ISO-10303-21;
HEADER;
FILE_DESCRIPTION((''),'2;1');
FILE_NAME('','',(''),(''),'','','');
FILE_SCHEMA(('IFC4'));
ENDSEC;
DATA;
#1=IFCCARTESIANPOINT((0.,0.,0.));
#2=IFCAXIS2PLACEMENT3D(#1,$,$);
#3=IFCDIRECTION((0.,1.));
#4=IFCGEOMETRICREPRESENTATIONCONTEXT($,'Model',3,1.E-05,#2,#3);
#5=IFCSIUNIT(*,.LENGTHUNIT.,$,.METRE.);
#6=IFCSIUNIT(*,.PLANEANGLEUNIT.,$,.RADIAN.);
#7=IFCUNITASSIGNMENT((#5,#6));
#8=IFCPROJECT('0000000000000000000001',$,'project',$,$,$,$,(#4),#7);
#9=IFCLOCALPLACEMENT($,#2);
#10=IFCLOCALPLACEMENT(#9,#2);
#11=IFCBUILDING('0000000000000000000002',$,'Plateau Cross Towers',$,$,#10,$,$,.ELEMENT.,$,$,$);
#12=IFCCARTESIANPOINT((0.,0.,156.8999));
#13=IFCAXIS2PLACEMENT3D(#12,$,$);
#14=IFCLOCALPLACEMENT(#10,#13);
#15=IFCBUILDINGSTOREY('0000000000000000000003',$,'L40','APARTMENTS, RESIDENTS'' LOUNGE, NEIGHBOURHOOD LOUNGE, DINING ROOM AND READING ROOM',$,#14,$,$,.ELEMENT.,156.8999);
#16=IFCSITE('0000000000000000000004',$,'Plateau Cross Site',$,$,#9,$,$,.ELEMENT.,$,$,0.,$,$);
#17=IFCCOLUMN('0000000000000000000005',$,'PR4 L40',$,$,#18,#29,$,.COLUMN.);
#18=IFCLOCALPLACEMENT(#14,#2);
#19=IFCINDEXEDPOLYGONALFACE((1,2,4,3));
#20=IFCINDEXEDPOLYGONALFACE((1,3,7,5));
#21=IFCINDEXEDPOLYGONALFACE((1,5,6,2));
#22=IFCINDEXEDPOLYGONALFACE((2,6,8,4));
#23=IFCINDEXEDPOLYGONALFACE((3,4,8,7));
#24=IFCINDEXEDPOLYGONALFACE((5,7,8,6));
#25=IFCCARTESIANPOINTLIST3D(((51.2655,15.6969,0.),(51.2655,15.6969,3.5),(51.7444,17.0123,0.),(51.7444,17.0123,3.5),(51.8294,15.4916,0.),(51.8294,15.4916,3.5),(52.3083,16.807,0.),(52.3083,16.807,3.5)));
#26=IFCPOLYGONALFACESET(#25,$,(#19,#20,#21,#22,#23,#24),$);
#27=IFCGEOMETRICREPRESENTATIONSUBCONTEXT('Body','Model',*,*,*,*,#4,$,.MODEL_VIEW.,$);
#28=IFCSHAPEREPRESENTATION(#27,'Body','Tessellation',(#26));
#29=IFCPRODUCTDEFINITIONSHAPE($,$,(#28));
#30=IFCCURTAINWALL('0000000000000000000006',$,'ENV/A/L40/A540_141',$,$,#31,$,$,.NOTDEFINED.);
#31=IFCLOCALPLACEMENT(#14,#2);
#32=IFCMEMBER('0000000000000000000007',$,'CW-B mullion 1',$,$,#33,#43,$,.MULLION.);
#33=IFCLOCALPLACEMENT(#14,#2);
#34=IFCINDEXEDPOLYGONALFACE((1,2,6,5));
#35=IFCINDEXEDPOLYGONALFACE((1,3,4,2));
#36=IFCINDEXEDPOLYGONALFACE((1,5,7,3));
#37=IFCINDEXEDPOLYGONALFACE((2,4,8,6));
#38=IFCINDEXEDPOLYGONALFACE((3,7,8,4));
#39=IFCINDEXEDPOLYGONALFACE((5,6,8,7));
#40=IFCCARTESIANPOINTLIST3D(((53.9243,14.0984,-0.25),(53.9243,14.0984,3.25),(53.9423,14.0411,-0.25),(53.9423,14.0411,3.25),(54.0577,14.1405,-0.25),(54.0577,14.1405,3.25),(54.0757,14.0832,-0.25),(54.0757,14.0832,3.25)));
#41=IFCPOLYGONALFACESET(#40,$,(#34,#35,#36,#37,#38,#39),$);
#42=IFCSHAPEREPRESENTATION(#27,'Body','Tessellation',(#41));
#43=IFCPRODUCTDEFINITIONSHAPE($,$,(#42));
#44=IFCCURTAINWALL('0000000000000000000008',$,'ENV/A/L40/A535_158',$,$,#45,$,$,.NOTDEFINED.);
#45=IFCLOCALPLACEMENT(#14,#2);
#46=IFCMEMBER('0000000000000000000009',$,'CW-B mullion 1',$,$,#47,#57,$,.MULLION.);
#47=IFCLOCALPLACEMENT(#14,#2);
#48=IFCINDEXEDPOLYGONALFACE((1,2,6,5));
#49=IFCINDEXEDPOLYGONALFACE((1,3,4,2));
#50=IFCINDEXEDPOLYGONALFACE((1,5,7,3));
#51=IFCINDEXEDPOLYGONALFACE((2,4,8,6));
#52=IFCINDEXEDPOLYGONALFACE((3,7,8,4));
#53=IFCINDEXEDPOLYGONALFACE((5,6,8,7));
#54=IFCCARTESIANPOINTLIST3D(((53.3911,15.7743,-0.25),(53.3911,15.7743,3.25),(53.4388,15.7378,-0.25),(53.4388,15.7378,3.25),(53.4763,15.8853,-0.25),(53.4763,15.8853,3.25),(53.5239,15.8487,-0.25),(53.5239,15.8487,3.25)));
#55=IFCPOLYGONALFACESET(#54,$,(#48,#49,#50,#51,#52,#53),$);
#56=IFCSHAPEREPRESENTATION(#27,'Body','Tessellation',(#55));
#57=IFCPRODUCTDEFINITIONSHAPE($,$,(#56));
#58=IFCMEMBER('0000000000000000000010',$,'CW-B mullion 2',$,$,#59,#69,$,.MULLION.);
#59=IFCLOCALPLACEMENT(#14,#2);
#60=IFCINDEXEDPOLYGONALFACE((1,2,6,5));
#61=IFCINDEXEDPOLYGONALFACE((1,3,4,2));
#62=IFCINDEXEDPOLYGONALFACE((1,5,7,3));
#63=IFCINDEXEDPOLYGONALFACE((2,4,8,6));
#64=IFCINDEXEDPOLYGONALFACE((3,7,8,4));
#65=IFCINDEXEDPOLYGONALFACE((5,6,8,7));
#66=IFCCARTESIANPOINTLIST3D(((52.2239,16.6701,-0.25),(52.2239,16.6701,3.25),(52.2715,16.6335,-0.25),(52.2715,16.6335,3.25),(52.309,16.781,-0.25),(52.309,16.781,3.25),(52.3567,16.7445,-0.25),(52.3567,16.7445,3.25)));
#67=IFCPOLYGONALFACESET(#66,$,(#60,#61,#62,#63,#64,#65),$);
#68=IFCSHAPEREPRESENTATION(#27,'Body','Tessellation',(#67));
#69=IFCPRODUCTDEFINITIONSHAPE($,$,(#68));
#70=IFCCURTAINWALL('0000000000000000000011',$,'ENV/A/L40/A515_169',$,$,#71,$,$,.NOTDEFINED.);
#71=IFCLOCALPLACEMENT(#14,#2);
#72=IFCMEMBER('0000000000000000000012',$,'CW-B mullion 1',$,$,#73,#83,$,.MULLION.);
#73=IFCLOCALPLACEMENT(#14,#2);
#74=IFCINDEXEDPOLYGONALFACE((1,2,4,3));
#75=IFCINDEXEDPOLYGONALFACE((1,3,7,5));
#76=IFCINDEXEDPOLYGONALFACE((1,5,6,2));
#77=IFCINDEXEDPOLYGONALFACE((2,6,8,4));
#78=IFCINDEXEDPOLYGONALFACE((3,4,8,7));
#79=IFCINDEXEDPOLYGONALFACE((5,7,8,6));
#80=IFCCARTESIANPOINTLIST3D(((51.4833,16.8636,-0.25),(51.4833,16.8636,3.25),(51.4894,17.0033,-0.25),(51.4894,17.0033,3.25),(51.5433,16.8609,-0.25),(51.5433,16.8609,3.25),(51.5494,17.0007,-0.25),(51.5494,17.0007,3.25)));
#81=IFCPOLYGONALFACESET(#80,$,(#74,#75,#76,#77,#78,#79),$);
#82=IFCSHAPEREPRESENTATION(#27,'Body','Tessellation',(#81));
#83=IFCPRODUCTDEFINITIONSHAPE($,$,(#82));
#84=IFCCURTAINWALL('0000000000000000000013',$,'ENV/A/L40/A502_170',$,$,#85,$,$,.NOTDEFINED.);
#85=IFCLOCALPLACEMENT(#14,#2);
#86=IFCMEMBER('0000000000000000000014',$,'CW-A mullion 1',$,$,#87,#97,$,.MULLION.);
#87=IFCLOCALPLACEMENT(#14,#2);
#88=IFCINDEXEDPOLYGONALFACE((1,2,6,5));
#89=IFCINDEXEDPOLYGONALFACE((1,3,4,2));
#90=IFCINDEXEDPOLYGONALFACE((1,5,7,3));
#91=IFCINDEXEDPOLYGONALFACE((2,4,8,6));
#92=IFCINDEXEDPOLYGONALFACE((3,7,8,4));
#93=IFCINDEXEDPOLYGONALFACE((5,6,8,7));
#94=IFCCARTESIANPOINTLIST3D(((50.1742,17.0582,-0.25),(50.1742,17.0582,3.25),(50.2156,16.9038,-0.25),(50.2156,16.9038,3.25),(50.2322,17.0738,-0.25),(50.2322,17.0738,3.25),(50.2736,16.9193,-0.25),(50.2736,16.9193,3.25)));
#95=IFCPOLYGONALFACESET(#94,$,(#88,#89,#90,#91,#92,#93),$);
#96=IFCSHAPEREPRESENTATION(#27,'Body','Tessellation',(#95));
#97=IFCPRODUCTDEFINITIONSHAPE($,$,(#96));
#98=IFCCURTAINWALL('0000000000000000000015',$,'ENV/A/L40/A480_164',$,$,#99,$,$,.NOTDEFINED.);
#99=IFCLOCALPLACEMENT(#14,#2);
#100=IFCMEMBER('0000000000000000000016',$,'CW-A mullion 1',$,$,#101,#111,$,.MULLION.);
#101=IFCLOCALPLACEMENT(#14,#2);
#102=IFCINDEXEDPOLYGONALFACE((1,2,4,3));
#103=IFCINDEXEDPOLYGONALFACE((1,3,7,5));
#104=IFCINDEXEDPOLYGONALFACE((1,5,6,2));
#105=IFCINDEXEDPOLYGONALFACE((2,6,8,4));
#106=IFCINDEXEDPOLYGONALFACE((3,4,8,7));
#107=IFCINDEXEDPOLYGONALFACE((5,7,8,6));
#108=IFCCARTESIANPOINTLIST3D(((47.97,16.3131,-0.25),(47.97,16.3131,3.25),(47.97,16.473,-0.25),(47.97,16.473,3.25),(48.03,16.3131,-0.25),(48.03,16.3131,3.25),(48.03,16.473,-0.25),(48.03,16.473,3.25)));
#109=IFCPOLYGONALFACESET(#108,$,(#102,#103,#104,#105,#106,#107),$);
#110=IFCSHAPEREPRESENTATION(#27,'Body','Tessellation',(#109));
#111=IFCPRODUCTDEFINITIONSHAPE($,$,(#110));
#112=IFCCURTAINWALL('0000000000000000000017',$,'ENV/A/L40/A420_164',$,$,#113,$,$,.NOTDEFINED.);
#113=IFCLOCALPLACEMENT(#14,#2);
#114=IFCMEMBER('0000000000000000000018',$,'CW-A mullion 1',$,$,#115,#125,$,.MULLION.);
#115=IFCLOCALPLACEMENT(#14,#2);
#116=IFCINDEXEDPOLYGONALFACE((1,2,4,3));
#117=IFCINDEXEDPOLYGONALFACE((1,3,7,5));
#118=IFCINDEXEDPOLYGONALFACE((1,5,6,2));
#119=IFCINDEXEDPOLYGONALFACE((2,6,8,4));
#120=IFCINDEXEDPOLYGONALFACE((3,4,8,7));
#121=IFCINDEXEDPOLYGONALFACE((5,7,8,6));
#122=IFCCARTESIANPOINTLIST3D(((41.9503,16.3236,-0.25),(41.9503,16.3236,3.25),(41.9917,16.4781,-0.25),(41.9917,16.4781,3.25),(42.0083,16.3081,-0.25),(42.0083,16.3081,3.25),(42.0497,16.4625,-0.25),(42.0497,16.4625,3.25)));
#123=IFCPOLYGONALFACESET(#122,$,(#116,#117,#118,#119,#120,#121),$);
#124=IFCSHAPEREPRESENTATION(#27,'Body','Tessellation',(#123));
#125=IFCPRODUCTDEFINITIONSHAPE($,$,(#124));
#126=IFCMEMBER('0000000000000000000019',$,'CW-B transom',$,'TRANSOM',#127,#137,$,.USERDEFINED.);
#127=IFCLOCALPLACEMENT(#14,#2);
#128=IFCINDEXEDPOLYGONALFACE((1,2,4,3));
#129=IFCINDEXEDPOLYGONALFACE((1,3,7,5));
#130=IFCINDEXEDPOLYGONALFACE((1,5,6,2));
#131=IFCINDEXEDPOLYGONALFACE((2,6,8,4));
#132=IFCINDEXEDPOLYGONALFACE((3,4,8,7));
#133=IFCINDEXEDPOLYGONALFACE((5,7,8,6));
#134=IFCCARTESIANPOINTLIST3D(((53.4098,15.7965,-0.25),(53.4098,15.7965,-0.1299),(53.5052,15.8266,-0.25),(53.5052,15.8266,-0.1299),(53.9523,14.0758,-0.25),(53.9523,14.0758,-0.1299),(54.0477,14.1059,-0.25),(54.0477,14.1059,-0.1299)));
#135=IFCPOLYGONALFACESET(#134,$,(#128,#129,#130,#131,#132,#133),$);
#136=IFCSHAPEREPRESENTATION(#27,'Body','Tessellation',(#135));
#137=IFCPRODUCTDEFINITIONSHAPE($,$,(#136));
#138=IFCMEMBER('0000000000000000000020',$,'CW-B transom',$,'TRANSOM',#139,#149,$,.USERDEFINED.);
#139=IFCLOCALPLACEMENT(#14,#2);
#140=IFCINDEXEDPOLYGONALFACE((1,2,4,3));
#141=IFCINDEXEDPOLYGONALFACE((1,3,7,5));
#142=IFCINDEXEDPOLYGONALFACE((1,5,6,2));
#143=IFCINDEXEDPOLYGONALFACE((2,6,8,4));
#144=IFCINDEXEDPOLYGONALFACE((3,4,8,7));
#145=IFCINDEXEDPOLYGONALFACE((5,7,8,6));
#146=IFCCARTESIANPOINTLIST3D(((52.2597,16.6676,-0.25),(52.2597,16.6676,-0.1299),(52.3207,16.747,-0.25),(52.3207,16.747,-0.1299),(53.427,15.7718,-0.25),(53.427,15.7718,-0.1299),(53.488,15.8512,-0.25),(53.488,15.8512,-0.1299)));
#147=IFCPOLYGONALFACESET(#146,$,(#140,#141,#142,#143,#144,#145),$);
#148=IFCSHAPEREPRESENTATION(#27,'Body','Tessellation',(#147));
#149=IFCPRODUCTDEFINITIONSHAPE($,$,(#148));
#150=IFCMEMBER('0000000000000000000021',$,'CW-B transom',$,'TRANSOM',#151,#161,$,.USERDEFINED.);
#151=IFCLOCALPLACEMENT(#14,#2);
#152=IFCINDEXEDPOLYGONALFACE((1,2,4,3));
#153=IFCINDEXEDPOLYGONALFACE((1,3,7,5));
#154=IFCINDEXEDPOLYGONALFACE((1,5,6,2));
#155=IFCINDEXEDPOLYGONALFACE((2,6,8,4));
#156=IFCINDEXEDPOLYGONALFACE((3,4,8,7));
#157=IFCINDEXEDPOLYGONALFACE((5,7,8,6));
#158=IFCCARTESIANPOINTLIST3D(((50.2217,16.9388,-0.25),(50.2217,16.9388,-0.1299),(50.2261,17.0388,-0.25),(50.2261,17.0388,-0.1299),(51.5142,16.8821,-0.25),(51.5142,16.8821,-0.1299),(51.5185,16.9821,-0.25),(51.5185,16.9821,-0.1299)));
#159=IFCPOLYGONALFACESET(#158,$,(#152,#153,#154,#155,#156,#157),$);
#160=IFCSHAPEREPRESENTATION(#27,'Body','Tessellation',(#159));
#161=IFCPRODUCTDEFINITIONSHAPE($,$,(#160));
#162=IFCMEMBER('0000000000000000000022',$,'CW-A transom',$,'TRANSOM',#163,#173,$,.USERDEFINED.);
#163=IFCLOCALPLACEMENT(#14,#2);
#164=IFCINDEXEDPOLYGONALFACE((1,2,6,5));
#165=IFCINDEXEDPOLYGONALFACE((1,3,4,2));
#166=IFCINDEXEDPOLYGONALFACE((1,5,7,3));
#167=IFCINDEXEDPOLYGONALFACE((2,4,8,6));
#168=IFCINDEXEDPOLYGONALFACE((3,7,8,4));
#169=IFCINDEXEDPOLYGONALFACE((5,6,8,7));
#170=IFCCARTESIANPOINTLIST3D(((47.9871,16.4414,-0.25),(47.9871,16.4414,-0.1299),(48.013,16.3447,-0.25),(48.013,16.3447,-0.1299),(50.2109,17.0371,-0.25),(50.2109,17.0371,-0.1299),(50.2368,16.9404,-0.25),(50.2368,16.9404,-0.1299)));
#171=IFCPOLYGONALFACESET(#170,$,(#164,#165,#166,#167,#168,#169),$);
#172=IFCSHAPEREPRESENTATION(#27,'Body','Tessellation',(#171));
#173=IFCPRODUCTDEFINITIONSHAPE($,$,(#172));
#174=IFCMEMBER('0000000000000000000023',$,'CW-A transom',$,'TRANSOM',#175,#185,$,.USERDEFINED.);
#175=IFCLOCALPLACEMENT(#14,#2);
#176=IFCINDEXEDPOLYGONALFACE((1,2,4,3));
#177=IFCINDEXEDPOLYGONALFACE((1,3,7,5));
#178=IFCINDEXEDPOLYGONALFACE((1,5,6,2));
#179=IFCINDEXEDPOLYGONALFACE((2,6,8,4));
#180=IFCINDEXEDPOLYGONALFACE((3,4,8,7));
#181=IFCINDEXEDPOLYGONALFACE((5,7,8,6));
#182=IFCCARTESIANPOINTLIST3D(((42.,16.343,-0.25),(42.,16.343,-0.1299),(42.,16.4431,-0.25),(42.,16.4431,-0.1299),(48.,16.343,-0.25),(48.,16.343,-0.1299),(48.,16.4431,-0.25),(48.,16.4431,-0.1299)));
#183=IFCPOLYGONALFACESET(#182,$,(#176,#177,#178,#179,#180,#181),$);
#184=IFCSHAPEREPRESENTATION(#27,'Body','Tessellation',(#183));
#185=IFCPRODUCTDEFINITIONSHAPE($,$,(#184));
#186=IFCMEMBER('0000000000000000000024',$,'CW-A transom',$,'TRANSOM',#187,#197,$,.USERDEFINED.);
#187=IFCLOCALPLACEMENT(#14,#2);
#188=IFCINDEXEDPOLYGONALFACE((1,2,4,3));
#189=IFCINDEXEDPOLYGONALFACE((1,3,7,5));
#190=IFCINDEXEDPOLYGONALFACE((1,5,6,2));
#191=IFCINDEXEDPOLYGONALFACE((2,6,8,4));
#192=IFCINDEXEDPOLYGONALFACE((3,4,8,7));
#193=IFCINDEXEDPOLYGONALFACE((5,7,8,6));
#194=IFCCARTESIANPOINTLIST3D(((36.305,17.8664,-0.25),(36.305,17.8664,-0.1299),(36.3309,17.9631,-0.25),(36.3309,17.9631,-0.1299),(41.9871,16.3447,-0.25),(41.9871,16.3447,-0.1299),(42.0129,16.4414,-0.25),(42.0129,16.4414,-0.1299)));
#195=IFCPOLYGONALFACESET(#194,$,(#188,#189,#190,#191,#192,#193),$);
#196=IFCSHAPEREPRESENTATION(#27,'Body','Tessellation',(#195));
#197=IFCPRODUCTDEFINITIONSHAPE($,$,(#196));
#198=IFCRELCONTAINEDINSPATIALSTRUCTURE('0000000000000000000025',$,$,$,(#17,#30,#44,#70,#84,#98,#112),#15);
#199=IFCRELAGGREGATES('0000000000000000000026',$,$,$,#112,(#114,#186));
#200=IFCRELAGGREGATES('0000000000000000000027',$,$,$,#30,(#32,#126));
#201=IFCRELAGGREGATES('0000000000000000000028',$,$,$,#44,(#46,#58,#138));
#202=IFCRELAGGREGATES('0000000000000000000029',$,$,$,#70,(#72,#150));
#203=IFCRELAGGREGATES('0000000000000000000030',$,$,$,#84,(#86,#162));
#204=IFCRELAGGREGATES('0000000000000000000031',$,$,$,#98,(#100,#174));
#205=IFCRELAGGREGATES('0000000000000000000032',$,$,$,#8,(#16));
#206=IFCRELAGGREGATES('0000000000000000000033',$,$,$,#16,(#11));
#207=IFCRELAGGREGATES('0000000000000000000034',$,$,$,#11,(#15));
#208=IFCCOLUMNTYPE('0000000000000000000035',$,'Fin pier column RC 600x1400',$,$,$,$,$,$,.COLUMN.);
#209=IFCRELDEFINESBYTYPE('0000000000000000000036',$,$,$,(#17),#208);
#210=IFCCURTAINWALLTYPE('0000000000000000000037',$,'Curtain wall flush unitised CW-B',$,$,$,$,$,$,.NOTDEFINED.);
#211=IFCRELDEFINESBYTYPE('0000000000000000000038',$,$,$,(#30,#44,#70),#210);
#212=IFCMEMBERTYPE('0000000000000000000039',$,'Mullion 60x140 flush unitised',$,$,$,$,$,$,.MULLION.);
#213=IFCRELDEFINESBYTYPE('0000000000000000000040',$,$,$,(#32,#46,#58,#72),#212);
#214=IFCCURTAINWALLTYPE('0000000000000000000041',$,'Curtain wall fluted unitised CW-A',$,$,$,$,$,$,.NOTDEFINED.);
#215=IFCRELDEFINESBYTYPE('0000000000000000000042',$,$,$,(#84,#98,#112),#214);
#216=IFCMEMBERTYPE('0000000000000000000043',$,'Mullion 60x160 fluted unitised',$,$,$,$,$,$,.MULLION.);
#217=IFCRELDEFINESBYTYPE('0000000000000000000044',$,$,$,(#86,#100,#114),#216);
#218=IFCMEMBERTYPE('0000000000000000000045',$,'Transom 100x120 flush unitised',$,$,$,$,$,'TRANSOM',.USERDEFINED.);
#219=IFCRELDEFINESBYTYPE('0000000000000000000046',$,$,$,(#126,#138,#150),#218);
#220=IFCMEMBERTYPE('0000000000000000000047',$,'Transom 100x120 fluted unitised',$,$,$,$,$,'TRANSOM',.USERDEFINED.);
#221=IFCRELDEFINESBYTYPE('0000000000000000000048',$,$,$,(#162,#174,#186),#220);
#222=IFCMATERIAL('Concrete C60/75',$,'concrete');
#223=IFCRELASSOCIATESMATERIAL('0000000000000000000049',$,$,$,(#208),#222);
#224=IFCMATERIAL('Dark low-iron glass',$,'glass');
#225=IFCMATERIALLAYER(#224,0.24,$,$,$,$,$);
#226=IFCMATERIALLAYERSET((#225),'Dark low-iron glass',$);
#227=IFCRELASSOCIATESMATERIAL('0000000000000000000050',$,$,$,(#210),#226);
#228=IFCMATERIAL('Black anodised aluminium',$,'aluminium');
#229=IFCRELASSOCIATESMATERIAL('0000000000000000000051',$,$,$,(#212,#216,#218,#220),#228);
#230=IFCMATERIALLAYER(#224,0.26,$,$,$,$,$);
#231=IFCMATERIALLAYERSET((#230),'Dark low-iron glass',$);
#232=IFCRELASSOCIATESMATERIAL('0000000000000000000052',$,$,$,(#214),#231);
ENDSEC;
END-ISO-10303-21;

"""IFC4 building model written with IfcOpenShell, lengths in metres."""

from ifc_helpers import new_model, si_unit, direction, frame, origin, origin_2d, place, context, subcontext, project, spatial, rectangle, extrude, material, layer, layer_set, material_profile, profile_set, type_object, element, aggregate, save


model = new_model("IFC4")

# Units and contexts
model_context = context("Model", 3, precision=1e-05, world=origin(), true_north=direction((0.0, 1.0)))
body_context = subcontext(model_context, "Body", "Model", "MODEL_VIEW")
ifc_project = project(units=[si_unit("LENGTHUNIT", "METRE"), si_unit("PLANEANGLEUNIT", "RADIAN")], contexts=[model_context])

# Site, building, storey
site_placement = place(None, origin())
site = spatial("IfcSite", under=ifc_project, at=site_placement, Name="Plateau Cross Site", CompositionType="ELEMENT", RefElevation=0.0)
building_placement = place(site_placement, origin())
building = spatial("IfcBuilding", under=site, at=building_placement, Name="Plateau Cross Towers", CompositionType="ELEMENT")
storey_placement = place(building_placement, frame((0.0, 0.0, 156.8999)))
storey = spatial("IfcBuildingStorey", under=building, at=storey_placement, Name="L40", Description="APARTMENTS, RESIDENTS' LOUNGE, NEIGHBOURHOOD LOUNGE, DINING ROOM AND READING ROOM", CompositionType="ELEMENT", Elevation=156.8999)

# Column
ifc_material_1 = material(Name="Concrete C60/75", Category="concrete")
ifc_material_profile_1 = material_profile(ifc_material_1, rectangle(XDim=0.6001, YDim=1.3999, at=origin_2d()), Name="RC 600x1400")
ifc_profile_set_1 = profile_set([ifc_material_profile_1], Name="Concrete C60/75")
column_type = type_object("IfcColumnType", Name="Fin pier column RC 600x1400", PredefinedType="COLUMN", material=ifc_profile_set_1)
column_placement = place(storey_placement, frame((51.7869, 16.252, 0.0), z_axis=(0.0, 0.0, 1.0), x_axis=(-0.939664, 0.342098, 0.0)))
element("IfcColumn", 1, at=column_placement, inside=storey, type_object=column_type, Name="PR4 L40", PredefinedType="COLUMN", context=body_context, shape_type="SweptSolid", body=[
    extrude(rectangle(XDim=0.6001, YDim=1.3999, at=origin_2d()), origin(), (0.0, 0.0, 1.0), 3.5),
])

# Curtain wall, member
ifc_material_2 = material(Name="Dark low-iron glass", Category="glass")
ifc_layer_1 = layer(ifc_material_2, 0.24)
ifc_layer_set_1 = layer_set([ifc_layer_1], Name="Dark low-iron glass")
curtain_wall_type_1 = type_object("IfcCurtainWallType", Name="Curtain wall flush unitised CW-B", PredefinedType="NOTDEFINED", material=ifc_layer_set_1)
curtain_wall_1_placement = place(storey_placement, origin())
curtain_wall_1 = element("IfcCurtainWall", 2, at=curtain_wall_1_placement, inside=storey, type_object=curtain_wall_type_1, Name="ENV/A/L40/A540_141", PredefinedType="NOTDEFINED")
ifc_material_3 = material(Name="Black anodised aluminium", Category="aluminium")
ifc_material_profile_2 = material_profile(ifc_material_3, rectangle(XDim=0.0601, YDim=0.1399, at=origin_2d()), Name="MULLION 60x140")
ifc_profile_set_2 = profile_set([ifc_material_profile_2], Name="Black anodised aluminium")
member_type_1 = type_object("IfcMemberType", Name="Mullion 60x140 flush unitised", PredefinedType="MULLION", material=ifc_profile_set_2)
member_1_placement = place(storey_placement, frame((54.0, 14.0908, -0.25), z_axis=(0.0, 0.0, 1.0), x_axis=(-0.300686, 0.953723, 0.0)))
member_1 = element("IfcMember", 3, at=member_1_placement, type_object=member_type_1, Name="CW-B mullion 1", PredefinedType="MULLION", context=body_context, shape_type="SweptSolid", body=[
    extrude(rectangle(XDim=0.0601, YDim=0.1399, at=origin_2d()), origin(), (0.0, 0.0, 1.0), 3.5),
])

# Curtain wall, members
curtain_wall_2_placement = place(storey_placement, origin())
curtain_wall_2 = element("IfcCurtainWall", 4, at=curtain_wall_2_placement, inside=storey, type_object=curtain_wall_type_1, Name="ENV/A/L40/A535_158", PredefinedType="NOTDEFINED")
member_2_placement = place(storey_placement, frame((53.4575, 15.8115, -0.25), z_axis=(0.0, 0.0, 1.0), x_axis=(-0.793316, 0.608811, 0.0)))
member_2 = element("IfcMember", 5, at=member_2_placement, type_object=member_type_1, Name="CW-B mullion 1", PredefinedType="MULLION", context=body_context, shape_type="SweptSolid", body=[
    extrude(rectangle(XDim=0.0601, YDim=0.1399, at=origin_2d()), origin(), (0.0, 0.0, 1.0), 3.5),
])
member_3_placement = place(storey_placement, frame((52.2903, 16.7073, -0.25), z_axis=(0.0, 0.0, 1.0), x_axis=(-0.793316, 0.608811, 0.0)))
member_3 = element("IfcMember", 6, at=member_3_placement, type_object=member_type_1, Name="CW-B mullion 2", PredefinedType="MULLION", context=body_context, shape_type="SweptSolid", body=[
    extrude(rectangle(XDim=0.0601, YDim=0.1399, at=origin_2d()), origin(), (0.0, 0.0, 1.0), 3.5),
])

# Curtain walls, members
curtain_wall_3_placement = place(storey_placement, origin())
curtain_wall_3 = element("IfcCurtainWall", 7, at=curtain_wall_3_placement, inside=storey, type_object=curtain_wall_type_1, Name="ENV/A/L40/A515_169", PredefinedType="NOTDEFINED")
member_4_placement = place(storey_placement, frame((51.5164, 16.9321, -0.25), z_axis=(0.0, 0.0, 1.0), x_axis=(-0.999044, 0.043723, 0.0)))
member_4 = element("IfcMember", 8, at=member_4_placement, type_object=member_type_1, Name="CW-B mullion 1", PredefinedType="MULLION", context=body_context, shape_type="SweptSolid", body=[
    extrude(rectangle(XDim=0.0601, YDim=0.1399, at=origin_2d()), origin(), (0.0, 0.0, 1.0), 3.5),
])
ifc_layer_2 = layer(ifc_material_2, 0.26)
ifc_layer_set_2 = layer_set([ifc_layer_2], Name="Dark low-iron glass")
curtain_wall_type_2 = type_object("IfcCurtainWallType", Name="Curtain wall fluted unitised CW-A", PredefinedType="NOTDEFINED", material=ifc_layer_set_2)
curtain_wall_4_placement = place(storey_placement, origin())
curtain_wall_4 = element("IfcCurtainWall", 9, at=curtain_wall_4_placement, inside=storey, type_object=curtain_wall_type_2, Name="ENV/A/L40/A502_170", PredefinedType="NOTDEFINED")
ifc_material_profile_3 = material_profile(ifc_material_3, rectangle(XDim=0.0601, YDim=0.1599, at=origin_2d()), Name="MULLION 60x160")
ifc_profile_set_3 = profile_set([ifc_material_profile_3], Name="Black anodised aluminium")
member_type_2 = type_object("IfcMemberType", Name="Mullion 60x160 fluted unitised", PredefinedType="MULLION", material=ifc_profile_set_3)
member_5_placement = place(storey_placement, frame((50.2239, 16.9888, -0.25), z_axis=(0.0, 0.0, 1.0), x_axis=(-0.965958, -0.258699, 0.0)))
member_5 = element("IfcMember", 10, at=member_5_placement, type_object=member_type_2, Name="CW-A mullion 1", PredefinedType="MULLION", context=body_context, shape_type="SweptSolid", body=[
    extrude(rectangle(XDim=0.0601, YDim=0.1599, at=origin_2d()), origin(), (0.0, 0.0, 1.0), 3.5),
])
curtain_wall_5_placement = place(storey_placement, origin())
curtain_wall_5 = element("IfcCurtainWall", 11, at=curtain_wall_5_placement, inside=storey, type_object=curtain_wall_type_2, Name="ENV/A/L40/A480_164", PredefinedType="NOTDEFINED")
member_6_placement = place(storey_placement, frame((48.0, 16.3931, -0.25), z_axis=(0.0, 0.0, 1.0), x_axis=(-1.0, 0.0, 0.0)))
member_6 = element("IfcMember", 12, at=member_6_placement, type_object=member_type_2, Name="CW-A mullion 1", PredefinedType="MULLION", context=body_context, shape_type="SweptSolid", body=[
    extrude(rectangle(XDim=0.0601, YDim=0.1599, at=origin_2d()), origin(), (0.0, 0.0, 1.0), 3.5),
])
curtain_wall_6_placement = place(storey_placement, origin())
curtain_wall_6 = element("IfcCurtainWall", 13, at=curtain_wall_6_placement, inside=storey, type_object=curtain_wall_type_2, Name="ENV/A/L40/A420_164", PredefinedType="NOTDEFINED")
member_7_placement = place(storey_placement, frame((42.0, 16.3931, -0.25), z_axis=(0.0, 0.0, 1.0), x_axis=(-0.965958, 0.258699, 0.0)))
member_7 = element("IfcMember", 14, at=member_7_placement, type_object=member_type_2, Name="CW-A mullion 1", PredefinedType="MULLION", context=body_context, shape_type="SweptSolid", body=[
    extrude(rectangle(XDim=0.0601, YDim=0.1599, at=origin_2d()), origin(), (0.0, 0.0, 1.0), 3.5),
])

# Members
ifc_material_profile_4 = material_profile(ifc_material_3, rectangle(XDim=0.1001, YDim=0.1201, at=origin_2d()), Name="TRANSOM 100x120")
ifc_profile_set_4 = profile_set([ifc_material_profile_4], Name="Black anodised aluminium")
member_type_3 = type_object("IfcMemberType", Name="Transom 100x120 flush unitised", ElementType="TRANSOM", PredefinedType="USERDEFINED", material=ifc_profile_set_4)
member_8_placement = place(storey_placement, frame((54.0, 14.0908, -0.1899), z_axis=(-0.300678, 0.953726, 0.0), x_axis=(-0.953726, -0.300678, 0.0)))
member_8 = element("IfcMember", 15, at=member_8_placement, type_object=member_type_3, Name="CW-B transom", ObjectType="TRANSOM", PredefinedType="USERDEFINED", context=body_context, shape_type="SweptSolid", body=[
    extrude(rectangle(XDim=0.1001, YDim=0.1201, at=origin_2d()), origin(), (0.0, 0.0, 1.0), 1.8042),
])
member_9_placement = place(storey_placement, frame((53.4575, 15.8115, -0.1899), z_axis=(-0.793321, 0.608804, 0.0), x_axis=(-0.608804, -0.793321, 0.0)))
member_9 = element("IfcMember", 16, at=member_9_placement, type_object=member_type_3, Name="CW-B transom", ObjectType="TRANSOM", PredefinedType="USERDEFINED", context=body_context, shape_type="SweptSolid", body=[
    extrude(rectangle(XDim=0.1001, YDim=0.1201, at=origin_2d()), origin(), (0.0, 0.0, 1.0), 1.4714),
])
member_10_placement = place(storey_placement, frame((51.5164, 16.9321, -0.1899), z_axis=(-0.999041, 0.043781, 0.0), x_axis=(-0.043781, -0.999041, 0.0)))
member_10 = element("IfcMember", 17, at=member_10_placement, type_object=member_type_3, Name="CW-B transom", ObjectType="TRANSOM", PredefinedType="USERDEFINED", context=body_context, shape_type="SweptSolid", body=[
    extrude(rectangle(XDim=0.1001, YDim=0.1201, at=origin_2d()), origin(), (0.0, 0.0, 1.0), 1.2937),
])
ifc_material_profile_5 = material_profile(ifc_material_3, rectangle(XDim=0.1001, YDim=0.1201, at=origin_2d()), Name="TRANSOM 100x120")
ifc_profile_set_5 = profile_set([ifc_material_profile_5], Name="Black anodised aluminium")
member_type_4 = type_object("IfcMemberType", Name="Transom 100x120 fluted unitised", ElementType="TRANSOM", PredefinedType="USERDEFINED", material=ifc_profile_set_5)
member_11_placement = place(storey_placement, frame((50.2239, 16.9888, -0.1899), z_axis=(-0.965946, -0.258745, 0.0), x_axis=(0.258745, -0.965946, 0.0)))
member_11 = element("IfcMember", 18, at=member_11_placement, type_object=member_type_4, Name="CW-A transom", ObjectType="TRANSOM", PredefinedType="USERDEFINED", context=body_context, shape_type="SweptSolid", body=[
    extrude(rectangle(XDim=0.1001, YDim=0.1201, at=origin_2d()), origin(), (0.0, 0.0, 1.0), 2.3022),
])
member_12_placement = place(storey_placement, frame((48.0, 16.3931, -0.1899), z_axis=(-1.0, 0.0, 0.0), x_axis=(0.0, -1.0, 0.0)))
member_12 = element("IfcMember", 19, at=member_12_placement, type_object=member_type_4, Name="CW-A transom", ObjectType="TRANSOM", PredefinedType="USERDEFINED", context=body_context, shape_type="SweptSolid", body=[
    extrude(rectangle(XDim=0.1001, YDim=0.1201, at=origin_2d()), origin(), (0.0, 0.0, 1.0), 6.0),
])
member_13_placement = place(storey_placement, frame((42.0, 16.3931, -0.1899), z_axis=(-0.96596, 0.258693, 0.0), x_axis=(-0.258693, -0.96596, 0.0)))
member_13 = element("IfcMember", 20, at=member_13_placement, type_object=member_type_4, Name="CW-A transom", ObjectType="TRANSOM", PredefinedType="USERDEFINED", context=body_context, shape_type="SweptSolid", body=[
    extrude(rectangle(XDim=0.1001, YDim=0.1201, at=origin_2d()), origin(), (0.0, 0.0, 1.0), 5.8823),
])
aggregate(curtain_wall_6, [member_7, member_13])

aggregate(curtain_wall_1, [member_1, member_8])
aggregate(curtain_wall_2, [member_2, member_3, member_9])
aggregate(curtain_wall_3, [member_4, member_10])
aggregate(curtain_wall_4, [member_5, member_11])
aggregate(curtain_wall_5, [member_6, member_12])

save(model, "model.ifc")
